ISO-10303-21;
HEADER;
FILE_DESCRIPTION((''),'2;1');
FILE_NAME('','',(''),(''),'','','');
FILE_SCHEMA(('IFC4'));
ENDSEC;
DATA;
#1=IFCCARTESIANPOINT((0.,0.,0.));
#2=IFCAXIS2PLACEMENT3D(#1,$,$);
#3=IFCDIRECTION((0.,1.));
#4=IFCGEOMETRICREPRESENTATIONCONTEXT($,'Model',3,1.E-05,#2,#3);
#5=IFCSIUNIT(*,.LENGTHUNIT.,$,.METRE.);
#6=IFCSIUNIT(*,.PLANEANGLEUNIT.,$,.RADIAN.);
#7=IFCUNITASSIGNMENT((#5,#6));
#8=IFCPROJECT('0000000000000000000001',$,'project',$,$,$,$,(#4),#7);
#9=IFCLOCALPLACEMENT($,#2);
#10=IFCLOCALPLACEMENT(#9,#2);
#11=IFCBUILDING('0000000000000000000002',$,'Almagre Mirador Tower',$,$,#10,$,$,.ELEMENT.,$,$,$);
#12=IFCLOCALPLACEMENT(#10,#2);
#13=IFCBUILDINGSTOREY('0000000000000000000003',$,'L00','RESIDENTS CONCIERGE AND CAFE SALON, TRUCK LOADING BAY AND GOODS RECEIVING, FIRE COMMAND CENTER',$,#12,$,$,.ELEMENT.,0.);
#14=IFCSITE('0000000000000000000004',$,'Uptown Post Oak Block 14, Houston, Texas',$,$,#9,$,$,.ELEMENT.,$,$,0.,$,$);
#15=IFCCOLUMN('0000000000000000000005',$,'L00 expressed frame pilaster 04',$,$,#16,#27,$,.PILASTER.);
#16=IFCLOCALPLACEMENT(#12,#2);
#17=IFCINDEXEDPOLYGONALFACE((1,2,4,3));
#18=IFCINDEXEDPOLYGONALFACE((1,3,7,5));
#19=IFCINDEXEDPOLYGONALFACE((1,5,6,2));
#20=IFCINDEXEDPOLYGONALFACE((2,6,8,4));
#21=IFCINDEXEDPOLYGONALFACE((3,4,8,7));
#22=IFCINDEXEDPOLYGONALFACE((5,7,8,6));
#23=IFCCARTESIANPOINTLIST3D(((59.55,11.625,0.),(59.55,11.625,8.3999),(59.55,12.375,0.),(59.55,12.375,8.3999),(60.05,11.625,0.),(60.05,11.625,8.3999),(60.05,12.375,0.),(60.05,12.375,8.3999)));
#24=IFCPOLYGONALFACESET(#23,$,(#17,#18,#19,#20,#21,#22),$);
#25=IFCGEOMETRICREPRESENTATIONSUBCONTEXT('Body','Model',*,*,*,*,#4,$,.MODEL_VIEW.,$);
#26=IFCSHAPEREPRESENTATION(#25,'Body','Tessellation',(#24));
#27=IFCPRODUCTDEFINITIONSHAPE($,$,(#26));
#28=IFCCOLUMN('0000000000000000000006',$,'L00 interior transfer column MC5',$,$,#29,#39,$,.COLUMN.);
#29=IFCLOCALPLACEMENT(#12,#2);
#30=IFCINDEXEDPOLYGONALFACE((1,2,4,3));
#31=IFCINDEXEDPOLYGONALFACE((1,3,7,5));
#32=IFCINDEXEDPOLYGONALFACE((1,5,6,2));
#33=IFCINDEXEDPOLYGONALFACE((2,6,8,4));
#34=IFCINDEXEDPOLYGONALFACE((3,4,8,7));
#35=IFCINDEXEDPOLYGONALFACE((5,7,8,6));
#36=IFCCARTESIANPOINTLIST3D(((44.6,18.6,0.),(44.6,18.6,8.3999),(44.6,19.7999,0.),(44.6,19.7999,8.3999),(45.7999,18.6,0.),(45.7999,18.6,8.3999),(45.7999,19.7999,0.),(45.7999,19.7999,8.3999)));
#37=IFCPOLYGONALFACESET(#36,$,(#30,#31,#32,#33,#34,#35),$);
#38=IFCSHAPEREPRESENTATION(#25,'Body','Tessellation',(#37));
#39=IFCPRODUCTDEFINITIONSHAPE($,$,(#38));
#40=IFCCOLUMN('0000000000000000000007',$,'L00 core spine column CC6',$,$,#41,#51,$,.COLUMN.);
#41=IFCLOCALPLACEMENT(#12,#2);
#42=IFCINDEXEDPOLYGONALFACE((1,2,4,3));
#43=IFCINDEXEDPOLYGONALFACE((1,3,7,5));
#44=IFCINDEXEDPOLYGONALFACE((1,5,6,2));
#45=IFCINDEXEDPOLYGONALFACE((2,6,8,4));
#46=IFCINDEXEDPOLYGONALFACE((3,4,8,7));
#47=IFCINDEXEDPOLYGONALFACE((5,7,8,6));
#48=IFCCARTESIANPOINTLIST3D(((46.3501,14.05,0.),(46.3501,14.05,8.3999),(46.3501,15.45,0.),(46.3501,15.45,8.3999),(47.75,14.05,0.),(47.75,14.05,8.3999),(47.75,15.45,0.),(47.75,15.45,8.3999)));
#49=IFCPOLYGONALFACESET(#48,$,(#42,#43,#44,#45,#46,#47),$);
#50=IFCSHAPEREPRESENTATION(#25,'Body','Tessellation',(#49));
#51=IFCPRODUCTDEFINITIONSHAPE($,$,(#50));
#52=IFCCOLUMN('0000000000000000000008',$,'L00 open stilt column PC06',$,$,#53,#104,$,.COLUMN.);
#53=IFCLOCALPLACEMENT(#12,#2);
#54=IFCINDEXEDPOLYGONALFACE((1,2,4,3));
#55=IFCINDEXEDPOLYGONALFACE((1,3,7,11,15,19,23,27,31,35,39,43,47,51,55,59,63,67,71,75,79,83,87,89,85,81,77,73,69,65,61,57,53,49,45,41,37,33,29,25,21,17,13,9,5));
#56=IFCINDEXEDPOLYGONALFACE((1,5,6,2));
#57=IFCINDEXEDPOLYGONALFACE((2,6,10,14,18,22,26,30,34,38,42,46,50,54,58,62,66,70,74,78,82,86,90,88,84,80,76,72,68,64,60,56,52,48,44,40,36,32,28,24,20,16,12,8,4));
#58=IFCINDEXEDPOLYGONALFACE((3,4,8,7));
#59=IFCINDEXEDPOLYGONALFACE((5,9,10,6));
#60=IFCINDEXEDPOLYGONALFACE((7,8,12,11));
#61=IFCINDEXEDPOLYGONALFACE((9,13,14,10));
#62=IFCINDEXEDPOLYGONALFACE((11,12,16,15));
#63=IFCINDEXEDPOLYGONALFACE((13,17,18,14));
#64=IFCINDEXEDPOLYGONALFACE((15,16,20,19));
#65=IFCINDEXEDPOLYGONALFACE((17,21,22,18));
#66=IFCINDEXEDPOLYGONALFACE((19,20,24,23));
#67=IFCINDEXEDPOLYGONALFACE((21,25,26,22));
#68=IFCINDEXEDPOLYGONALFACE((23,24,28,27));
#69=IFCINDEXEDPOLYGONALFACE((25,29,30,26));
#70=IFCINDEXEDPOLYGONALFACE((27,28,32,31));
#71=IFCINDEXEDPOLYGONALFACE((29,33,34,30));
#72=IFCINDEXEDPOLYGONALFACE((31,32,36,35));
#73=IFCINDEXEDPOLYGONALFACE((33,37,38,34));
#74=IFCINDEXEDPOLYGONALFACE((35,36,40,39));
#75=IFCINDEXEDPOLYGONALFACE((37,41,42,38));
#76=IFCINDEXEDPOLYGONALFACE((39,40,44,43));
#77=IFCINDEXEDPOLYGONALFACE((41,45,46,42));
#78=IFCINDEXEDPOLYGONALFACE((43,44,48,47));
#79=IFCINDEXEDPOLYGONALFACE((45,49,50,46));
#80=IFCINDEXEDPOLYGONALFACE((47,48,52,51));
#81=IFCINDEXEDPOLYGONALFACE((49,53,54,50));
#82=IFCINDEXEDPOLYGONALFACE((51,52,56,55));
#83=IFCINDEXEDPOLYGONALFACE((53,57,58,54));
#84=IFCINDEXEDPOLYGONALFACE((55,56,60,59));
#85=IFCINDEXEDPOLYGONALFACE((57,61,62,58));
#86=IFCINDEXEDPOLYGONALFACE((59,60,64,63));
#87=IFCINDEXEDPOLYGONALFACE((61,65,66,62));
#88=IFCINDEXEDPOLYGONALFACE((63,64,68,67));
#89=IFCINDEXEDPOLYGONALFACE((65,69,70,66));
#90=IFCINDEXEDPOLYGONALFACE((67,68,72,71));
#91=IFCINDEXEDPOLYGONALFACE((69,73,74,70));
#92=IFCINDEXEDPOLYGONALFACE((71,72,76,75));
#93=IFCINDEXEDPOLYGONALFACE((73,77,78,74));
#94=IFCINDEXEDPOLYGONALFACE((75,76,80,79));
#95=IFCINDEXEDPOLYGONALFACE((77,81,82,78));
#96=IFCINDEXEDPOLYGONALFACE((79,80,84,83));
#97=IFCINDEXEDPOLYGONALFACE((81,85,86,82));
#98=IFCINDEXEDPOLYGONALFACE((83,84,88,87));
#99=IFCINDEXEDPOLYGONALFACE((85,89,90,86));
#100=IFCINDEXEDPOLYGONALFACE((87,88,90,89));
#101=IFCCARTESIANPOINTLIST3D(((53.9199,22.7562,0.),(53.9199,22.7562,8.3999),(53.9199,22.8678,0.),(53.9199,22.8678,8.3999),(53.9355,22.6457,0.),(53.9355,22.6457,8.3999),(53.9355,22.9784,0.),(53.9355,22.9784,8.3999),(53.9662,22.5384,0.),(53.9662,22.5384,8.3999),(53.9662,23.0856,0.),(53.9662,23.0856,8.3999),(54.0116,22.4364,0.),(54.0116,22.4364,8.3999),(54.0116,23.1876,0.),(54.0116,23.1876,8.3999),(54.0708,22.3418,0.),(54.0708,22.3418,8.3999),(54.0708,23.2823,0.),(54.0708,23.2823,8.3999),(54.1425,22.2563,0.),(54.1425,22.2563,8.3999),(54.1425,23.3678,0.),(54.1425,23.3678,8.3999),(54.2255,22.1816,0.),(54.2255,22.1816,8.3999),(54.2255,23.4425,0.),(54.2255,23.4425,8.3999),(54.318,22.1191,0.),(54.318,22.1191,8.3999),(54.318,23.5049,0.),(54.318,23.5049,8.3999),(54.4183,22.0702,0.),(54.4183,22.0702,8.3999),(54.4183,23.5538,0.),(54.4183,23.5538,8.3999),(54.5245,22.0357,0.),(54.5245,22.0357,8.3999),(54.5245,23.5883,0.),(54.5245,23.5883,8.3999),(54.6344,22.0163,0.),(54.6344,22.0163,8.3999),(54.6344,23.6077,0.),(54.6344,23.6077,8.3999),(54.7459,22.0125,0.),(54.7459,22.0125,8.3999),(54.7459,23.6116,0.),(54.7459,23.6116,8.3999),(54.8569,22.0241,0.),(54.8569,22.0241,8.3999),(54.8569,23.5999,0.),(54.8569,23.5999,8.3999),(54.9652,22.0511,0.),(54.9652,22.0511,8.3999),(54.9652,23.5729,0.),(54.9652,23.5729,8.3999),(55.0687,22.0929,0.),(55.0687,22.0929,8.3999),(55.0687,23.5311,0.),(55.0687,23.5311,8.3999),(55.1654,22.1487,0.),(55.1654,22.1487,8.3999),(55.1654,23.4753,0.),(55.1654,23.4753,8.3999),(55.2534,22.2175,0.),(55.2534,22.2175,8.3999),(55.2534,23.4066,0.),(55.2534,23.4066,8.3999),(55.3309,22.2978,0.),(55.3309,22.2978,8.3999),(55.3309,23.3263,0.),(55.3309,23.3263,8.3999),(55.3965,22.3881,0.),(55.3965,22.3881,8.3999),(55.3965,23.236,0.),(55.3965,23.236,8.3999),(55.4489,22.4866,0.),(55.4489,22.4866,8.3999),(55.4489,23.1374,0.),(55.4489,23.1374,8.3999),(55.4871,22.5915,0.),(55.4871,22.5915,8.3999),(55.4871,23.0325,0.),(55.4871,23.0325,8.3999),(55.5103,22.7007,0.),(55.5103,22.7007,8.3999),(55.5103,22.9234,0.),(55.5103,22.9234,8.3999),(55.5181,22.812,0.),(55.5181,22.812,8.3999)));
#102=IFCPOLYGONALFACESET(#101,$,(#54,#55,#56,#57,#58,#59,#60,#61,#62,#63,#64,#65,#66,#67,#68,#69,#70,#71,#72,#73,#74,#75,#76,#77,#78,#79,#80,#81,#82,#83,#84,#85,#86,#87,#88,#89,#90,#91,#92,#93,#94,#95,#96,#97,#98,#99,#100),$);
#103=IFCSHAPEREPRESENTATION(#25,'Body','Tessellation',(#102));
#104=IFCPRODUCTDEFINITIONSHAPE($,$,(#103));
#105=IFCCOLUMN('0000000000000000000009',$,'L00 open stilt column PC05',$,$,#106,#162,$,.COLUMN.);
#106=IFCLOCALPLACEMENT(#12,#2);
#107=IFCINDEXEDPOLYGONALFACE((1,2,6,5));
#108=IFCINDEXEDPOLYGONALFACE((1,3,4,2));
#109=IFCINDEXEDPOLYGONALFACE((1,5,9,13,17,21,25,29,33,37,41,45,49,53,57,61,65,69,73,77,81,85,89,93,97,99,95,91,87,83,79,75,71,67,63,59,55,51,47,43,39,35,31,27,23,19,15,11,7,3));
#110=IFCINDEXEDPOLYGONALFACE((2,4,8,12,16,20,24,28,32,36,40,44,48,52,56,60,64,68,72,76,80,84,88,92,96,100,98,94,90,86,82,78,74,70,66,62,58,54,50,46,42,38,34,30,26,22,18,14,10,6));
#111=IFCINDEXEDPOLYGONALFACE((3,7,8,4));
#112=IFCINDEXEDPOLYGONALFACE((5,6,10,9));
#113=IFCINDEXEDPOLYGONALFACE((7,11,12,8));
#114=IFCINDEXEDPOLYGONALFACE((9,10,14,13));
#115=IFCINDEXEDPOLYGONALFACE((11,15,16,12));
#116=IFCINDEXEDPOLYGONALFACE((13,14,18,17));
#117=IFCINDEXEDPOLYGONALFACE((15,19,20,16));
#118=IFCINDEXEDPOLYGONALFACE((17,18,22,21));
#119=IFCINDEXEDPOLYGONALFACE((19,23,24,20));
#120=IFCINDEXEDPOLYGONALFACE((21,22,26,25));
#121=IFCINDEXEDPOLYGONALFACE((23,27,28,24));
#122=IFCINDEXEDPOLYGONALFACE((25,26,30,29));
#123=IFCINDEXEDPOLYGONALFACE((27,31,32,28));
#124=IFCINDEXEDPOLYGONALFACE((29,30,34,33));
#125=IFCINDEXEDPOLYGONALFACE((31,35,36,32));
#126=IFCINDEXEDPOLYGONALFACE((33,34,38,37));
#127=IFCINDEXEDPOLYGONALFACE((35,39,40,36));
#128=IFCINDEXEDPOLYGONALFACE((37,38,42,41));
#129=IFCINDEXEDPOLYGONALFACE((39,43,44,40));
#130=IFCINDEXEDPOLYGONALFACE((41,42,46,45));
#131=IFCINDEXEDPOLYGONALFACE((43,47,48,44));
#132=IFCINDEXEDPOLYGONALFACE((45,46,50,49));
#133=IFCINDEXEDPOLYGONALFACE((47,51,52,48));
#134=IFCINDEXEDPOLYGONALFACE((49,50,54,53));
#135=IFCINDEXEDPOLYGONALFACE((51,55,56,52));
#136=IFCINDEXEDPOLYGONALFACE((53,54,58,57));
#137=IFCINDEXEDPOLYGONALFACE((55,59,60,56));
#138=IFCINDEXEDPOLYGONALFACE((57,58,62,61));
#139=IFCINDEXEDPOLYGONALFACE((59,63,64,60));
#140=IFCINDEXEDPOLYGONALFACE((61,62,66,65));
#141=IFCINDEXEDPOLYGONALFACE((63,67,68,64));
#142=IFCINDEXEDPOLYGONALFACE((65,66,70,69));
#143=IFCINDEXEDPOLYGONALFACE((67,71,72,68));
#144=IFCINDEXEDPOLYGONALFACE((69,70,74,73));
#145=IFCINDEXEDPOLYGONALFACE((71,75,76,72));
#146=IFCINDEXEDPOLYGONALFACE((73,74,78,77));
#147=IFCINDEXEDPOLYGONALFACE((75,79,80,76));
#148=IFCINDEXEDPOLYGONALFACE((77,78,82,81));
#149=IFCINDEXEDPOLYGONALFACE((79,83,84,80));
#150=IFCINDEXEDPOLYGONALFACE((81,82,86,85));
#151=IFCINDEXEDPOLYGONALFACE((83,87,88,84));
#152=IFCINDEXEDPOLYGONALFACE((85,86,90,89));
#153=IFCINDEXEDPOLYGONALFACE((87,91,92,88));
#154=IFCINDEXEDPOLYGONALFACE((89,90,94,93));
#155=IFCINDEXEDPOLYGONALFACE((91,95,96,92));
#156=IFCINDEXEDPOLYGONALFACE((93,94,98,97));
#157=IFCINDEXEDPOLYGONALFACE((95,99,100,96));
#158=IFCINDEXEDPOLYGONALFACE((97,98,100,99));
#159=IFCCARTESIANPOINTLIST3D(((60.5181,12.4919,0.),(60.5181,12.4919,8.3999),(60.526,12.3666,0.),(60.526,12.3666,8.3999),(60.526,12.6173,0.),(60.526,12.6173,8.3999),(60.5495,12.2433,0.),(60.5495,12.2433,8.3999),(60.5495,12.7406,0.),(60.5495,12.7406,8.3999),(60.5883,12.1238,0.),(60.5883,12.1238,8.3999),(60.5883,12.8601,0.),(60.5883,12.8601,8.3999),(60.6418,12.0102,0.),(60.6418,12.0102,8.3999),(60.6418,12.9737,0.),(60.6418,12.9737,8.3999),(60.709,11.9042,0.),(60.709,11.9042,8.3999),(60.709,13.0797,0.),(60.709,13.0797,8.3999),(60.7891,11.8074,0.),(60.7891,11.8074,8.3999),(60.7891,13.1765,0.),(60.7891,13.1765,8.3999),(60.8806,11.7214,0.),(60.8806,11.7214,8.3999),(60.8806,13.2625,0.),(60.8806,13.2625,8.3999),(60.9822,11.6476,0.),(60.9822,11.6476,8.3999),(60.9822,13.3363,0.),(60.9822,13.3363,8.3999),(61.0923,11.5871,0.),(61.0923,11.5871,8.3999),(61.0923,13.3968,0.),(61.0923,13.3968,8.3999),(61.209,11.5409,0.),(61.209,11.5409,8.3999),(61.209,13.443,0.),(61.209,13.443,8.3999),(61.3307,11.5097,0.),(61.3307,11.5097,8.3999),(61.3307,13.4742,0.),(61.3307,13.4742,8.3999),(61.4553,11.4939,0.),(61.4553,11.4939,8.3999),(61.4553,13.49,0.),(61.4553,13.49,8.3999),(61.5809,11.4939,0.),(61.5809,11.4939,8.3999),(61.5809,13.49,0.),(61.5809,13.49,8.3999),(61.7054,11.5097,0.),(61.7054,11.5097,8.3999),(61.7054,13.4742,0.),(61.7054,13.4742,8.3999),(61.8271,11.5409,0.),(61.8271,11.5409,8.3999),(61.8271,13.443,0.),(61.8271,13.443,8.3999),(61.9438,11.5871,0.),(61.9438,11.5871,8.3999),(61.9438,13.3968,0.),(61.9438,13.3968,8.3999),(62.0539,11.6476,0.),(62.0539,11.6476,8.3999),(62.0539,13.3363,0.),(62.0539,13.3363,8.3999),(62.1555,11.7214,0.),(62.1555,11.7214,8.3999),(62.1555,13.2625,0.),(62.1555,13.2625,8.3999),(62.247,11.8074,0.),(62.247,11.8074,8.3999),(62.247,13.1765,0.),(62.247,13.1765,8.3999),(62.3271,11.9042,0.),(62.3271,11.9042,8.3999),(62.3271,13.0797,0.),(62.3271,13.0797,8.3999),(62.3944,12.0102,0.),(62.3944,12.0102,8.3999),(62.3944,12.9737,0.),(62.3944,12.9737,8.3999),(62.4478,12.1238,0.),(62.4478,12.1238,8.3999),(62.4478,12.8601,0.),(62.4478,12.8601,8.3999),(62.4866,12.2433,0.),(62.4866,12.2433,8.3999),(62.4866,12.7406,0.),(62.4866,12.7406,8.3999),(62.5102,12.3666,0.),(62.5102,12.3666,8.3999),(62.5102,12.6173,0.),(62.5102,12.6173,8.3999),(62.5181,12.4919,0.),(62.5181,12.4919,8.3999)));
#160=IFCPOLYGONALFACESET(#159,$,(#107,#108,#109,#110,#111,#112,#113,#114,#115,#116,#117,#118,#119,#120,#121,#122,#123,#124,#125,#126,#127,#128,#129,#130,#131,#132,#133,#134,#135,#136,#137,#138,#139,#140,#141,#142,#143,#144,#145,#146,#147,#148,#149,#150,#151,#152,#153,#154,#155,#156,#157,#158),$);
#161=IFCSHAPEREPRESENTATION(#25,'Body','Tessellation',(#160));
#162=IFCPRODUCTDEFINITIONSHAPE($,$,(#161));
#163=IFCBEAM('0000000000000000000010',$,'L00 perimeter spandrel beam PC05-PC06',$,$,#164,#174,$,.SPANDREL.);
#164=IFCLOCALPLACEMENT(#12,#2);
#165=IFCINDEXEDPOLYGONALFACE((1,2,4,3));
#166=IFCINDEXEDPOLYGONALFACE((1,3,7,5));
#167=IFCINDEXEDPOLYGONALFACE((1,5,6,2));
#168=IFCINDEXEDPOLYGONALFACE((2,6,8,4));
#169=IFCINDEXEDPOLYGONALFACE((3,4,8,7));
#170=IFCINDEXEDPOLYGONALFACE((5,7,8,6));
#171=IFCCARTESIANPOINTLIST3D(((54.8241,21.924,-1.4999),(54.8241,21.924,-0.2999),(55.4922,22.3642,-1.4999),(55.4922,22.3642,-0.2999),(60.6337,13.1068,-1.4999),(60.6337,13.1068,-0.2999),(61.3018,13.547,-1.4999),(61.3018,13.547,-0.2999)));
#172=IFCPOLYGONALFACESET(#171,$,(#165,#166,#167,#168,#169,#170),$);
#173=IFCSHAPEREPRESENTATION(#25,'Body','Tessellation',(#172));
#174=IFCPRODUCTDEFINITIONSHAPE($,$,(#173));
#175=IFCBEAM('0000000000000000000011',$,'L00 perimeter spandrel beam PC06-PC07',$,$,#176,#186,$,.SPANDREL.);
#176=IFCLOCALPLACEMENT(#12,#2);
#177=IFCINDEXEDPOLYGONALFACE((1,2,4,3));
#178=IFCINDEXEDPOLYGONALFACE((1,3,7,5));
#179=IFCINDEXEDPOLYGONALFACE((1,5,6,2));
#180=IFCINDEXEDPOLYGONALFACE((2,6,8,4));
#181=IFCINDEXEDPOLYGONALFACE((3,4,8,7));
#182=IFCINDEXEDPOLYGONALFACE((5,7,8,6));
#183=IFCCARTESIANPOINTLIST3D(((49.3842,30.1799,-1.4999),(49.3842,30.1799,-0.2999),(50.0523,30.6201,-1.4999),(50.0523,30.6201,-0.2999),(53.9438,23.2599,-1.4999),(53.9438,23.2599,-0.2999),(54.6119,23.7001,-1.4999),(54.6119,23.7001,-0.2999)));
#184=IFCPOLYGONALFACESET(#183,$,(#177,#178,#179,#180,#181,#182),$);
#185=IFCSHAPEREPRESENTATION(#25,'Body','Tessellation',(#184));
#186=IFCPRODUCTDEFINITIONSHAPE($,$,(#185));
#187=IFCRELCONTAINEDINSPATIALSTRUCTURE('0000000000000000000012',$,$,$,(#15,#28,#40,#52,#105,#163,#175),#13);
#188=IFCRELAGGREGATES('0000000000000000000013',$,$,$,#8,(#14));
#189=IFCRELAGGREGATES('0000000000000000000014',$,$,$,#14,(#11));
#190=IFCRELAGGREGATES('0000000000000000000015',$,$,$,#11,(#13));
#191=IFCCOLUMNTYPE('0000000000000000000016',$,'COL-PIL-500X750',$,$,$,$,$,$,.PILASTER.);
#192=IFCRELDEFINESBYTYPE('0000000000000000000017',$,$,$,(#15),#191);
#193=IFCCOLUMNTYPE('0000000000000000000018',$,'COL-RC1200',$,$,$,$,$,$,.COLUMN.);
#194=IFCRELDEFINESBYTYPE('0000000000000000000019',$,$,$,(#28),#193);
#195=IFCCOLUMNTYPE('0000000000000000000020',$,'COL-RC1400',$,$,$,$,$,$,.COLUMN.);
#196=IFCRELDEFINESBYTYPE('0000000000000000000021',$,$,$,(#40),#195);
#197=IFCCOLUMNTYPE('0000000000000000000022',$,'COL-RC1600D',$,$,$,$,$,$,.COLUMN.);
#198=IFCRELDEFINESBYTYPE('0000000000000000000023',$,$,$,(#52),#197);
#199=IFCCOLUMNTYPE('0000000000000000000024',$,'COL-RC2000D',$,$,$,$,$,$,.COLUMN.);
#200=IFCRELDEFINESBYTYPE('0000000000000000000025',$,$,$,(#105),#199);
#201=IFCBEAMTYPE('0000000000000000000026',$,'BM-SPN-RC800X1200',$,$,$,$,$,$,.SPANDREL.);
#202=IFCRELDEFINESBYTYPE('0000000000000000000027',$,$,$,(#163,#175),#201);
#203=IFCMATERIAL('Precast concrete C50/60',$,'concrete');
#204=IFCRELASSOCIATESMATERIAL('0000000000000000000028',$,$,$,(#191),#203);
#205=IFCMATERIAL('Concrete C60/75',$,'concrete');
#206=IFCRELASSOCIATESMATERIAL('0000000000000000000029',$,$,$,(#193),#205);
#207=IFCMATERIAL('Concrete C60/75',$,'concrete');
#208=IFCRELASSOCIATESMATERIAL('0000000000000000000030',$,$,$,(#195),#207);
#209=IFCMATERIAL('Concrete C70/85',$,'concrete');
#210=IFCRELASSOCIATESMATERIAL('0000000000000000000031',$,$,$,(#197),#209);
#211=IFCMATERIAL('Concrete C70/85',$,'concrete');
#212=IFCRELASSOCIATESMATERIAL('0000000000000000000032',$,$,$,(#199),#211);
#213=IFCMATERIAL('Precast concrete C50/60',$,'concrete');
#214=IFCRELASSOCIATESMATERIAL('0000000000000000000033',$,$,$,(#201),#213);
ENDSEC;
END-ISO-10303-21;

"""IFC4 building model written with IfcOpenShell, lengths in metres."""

from ifc_helpers import new_model, si_unit, direction, frame, origin, origin_2d, place, context, subcontext, project, spatial, rectangle, circle, extrude, material, material_profile, profile_set, type_object, element, save


model = new_model("IFC4")

# Units and contexts
model_context = context("Model", 3, precision=1e-05, world=origin(), true_north=direction((0.0, 1.0)))
body_context = subcontext(model_context, "Body", "Model", "MODEL_VIEW")
ifc_project = project(units=[si_unit("LENGTHUNIT", "METRE"), si_unit("PLANEANGLEUNIT", "RADIAN")], contexts=[model_context])

# Site, building, storey
site_placement = place(None, origin())
site = spatial("IfcSite", under=ifc_project, at=site_placement, Name="Uptown Post Oak Block 14, Houston, Texas", CompositionType="ELEMENT", RefElevation=0.0)
building_placement = place(site_placement, origin())
building = spatial("IfcBuilding", under=site, at=building_placement, Name="Almagre Mirador Tower", CompositionType="ELEMENT")
storey_placement = place(building_placement, origin())
storey = spatial("IfcBuildingStorey", under=building, at=storey_placement, Name="L00", Description="RESIDENTS CONCIERGE AND CAFE SALON, TRUCK LOADING BAY AND GOODS RECEIVING, FIRE COMMAND CENTER", CompositionType="ELEMENT", Elevation=0.0)

# Columns
ifc_material_1 = material(Name="Precast concrete C50/60", Category="concrete")
ifc_material_profile_1 = material_profile(ifc_material_1, rectangle(XDim=0.5, YDim=0.75, at=origin_2d()), Name="RC500X750")
ifc_profile_set_1 = profile_set([ifc_material_profile_1], Name="Precast concrete C50/60")
column_type_1 = type_object("IfcColumnType", Name="COL-PIL-500X750", PredefinedType="PILASTER", material=ifc_profile_set_1)
column_1_placement = place(storey_placement, frame((59.8, 12.0, 0.0), z_axis=(0.0, 0.0, 1.0), x_axis=(1.0, 0.0, 0.0)))
element("IfcColumn", 1, at=column_1_placement, inside=storey, type_object=column_type_1, Name="L00 expressed frame pilaster 04", PredefinedType="PILASTER", context=body_context, shape_type="SweptSolid", body=[
    extrude(rectangle(XDim=0.5, YDim=0.75, at=origin_2d()), origin(), (0.0, 0.0, 1.0), 8.3999),
])
ifc_material_2 = material(Name="Concrete C60/75", Category="concrete")
ifc_material_profile_2 = material_profile(ifc_material_2, rectangle(XDim=1.2, YDim=1.2, at=origin_2d()), Name="RC1200X1200")
ifc_profile_set_2 = profile_set([ifc_material_profile_2], Name="Concrete C60/75")
column_type_2 = type_object("IfcColumnType", Name="COL-RC1200", PredefinedType="COLUMN", material=ifc_profile_set_2)
column_2_placement = place(storey_placement, frame((45.2, 19.2, 0.0), z_axis=(0.0, 0.0, 1.0), x_axis=(1.0, 0.0, 0.0)))
element("IfcColumn", 2, at=column_2_placement, inside=storey, type_object=column_type_2, Name="L00 interior transfer column MC5", PredefinedType="COLUMN", context=body_context, shape_type="SweptSolid", body=[
    extrude(rectangle(XDim=1.2, YDim=1.2, at=origin_2d()), origin(), (0.0, 0.0, 1.0), 8.3999),
])
ifc_material_3 = material(Name="Concrete C60/75", Category="concrete")
ifc_material_profile_3 = material_profile(ifc_material_3, rectangle(XDim=1.3999, YDim=1.3999, at=origin_2d()), Name="RC1400X1400")
ifc_profile_set_3 = profile_set([ifc_material_profile_3], Name="Concrete C60/75")
column_type_3 = type_object("IfcColumnType", Name="COL-RC1400", PredefinedType="COLUMN", material=ifc_profile_set_3)
column_3_placement = place(storey_placement, frame((47.05, 14.75, 0.0), z_axis=(0.0, 0.0, 1.0), x_axis=(1.0, 0.0, 0.0)))
element("IfcColumn", 3, at=column_3_placement, inside=storey, type_object=column_type_3, Name="L00 core spine column CC6", PredefinedType="COLUMN", context=body_context, shape_type="SweptSolid", body=[
    extrude(rectangle(XDim=1.3999, YDim=1.3999, at=origin_2d()), origin(), (0.0, 0.0, 1.0), 8.3999),
])
ifc_material_4 = material(Name="Concrete C70/85", Category="concrete")
ifc_material_profile_4 = material_profile(ifc_material_4, circle(Radius=0.8, at=origin_2d()), Name="RC1600D")
ifc_profile_set_4 = profile_set([ifc_material_profile_4], Name="Concrete C70/85")
column_type_4 = type_object("IfcColumnType", Name="COL-RC1600D", PredefinedType="COLUMN", material=ifc_profile_set_4)
column_4_placement = place(storey_placement, frame((54.718, 22.812, 0.0), z_axis=(0.0, 0.0, 1.0), x_axis=(1.0, 0.0, 0.0)))
element("IfcColumn", 4, at=column_4_placement, inside=storey, type_object=column_type_4, Name="L00 open stilt column PC06", PredefinedType="COLUMN", context=body_context, shape_type="SweptSolid", body=[
    extrude(circle(Radius=0.8, at=origin_2d()), origin(), (0.0, 0.0, 1.0), 8.3999),
])
ifc_material_5 = material(Name="Concrete C70/85", Category="concrete")
ifc_material_profile_5 = material_profile(ifc_material_5, circle(Radius=1.0, at=origin_2d()), Name="RC2000D")
ifc_profile_set_5 = profile_set([ifc_material_profile_5], Name="Concrete C70/85")
column_type_5 = type_object("IfcColumnType", Name="COL-RC2000D", PredefinedType="COLUMN", material=ifc_profile_set_5)
column_5_placement = place(storey_placement, frame((61.5181, 12.4919, 0.0), z_axis=(0.0, 0.0, 1.0), x_axis=(1.0, 0.0, 0.0)))
element("IfcColumn", 5, at=column_5_placement, inside=storey, type_object=column_type_5, Name="L00 open stilt column PC05", PredefinedType="COLUMN", context=body_context, shape_type="SweptSolid", body=[
    extrude(circle(Radius=1.0, at=origin_2d()), origin(), (0.0, 0.0, 1.0), 8.3999),
])

# Beams
ifc_material_6 = material(Name="Precast concrete C50/60", Category="concrete")
ifc_material_profile_6 = material_profile(ifc_material_6, rectangle(XDim=0.8, YDim=1.2, at=origin_2d()), Name="RC800X1200")
ifc_profile_set_6 = profile_set([ifc_material_profile_6], Name="Precast concrete C50/60")
beam_type_1 = type_object("IfcBeamType", Name="BM-SPN-RC800X1200", PredefinedType="SPANDREL", material=ifc_profile_set_6)
beam_1_placement = place(storey_placement, frame((60.9678, 13.3269, -0.8999), z_axis=(-0.550199, 0.835033, 0.0), x_axis=(-0.835033, -0.550199, 0.0)))
element("IfcBeam", 6, at=beam_1_placement, inside=storey, type_object=beam_type_1, Name="L00 perimeter spandrel beam PC05-PC06", PredefinedType="SPANDREL", context=body_context, shape_type="SweptSolid", body=[
    extrude(rectangle(XDim=0.8, YDim=1.2, at=origin_2d()), origin(), (0.0, 0.0, 1.0), 10.5591),
])
beam_2_placement = place(storey_placement, frame((54.2778, 23.48, -0.8999), z_axis=(-0.550205, 0.83503, 0.0), x_axis=(-0.83503, -0.550205, 0.0)))
element("IfcBeam", 7, at=beam_2_placement, inside=storey, type_object=beam_type_1, Name="L00 perimeter spandrel beam PC06-PC07", PredefinedType="SPANDREL", context=body_context, shape_type="SweptSolid", body=[
    extrude(rectangle(XDim=0.8, YDim=1.2, at=origin_2d()), origin(), (0.0, 0.0, 1.0), 8.2871),
])

save(model, "model.ifc")
